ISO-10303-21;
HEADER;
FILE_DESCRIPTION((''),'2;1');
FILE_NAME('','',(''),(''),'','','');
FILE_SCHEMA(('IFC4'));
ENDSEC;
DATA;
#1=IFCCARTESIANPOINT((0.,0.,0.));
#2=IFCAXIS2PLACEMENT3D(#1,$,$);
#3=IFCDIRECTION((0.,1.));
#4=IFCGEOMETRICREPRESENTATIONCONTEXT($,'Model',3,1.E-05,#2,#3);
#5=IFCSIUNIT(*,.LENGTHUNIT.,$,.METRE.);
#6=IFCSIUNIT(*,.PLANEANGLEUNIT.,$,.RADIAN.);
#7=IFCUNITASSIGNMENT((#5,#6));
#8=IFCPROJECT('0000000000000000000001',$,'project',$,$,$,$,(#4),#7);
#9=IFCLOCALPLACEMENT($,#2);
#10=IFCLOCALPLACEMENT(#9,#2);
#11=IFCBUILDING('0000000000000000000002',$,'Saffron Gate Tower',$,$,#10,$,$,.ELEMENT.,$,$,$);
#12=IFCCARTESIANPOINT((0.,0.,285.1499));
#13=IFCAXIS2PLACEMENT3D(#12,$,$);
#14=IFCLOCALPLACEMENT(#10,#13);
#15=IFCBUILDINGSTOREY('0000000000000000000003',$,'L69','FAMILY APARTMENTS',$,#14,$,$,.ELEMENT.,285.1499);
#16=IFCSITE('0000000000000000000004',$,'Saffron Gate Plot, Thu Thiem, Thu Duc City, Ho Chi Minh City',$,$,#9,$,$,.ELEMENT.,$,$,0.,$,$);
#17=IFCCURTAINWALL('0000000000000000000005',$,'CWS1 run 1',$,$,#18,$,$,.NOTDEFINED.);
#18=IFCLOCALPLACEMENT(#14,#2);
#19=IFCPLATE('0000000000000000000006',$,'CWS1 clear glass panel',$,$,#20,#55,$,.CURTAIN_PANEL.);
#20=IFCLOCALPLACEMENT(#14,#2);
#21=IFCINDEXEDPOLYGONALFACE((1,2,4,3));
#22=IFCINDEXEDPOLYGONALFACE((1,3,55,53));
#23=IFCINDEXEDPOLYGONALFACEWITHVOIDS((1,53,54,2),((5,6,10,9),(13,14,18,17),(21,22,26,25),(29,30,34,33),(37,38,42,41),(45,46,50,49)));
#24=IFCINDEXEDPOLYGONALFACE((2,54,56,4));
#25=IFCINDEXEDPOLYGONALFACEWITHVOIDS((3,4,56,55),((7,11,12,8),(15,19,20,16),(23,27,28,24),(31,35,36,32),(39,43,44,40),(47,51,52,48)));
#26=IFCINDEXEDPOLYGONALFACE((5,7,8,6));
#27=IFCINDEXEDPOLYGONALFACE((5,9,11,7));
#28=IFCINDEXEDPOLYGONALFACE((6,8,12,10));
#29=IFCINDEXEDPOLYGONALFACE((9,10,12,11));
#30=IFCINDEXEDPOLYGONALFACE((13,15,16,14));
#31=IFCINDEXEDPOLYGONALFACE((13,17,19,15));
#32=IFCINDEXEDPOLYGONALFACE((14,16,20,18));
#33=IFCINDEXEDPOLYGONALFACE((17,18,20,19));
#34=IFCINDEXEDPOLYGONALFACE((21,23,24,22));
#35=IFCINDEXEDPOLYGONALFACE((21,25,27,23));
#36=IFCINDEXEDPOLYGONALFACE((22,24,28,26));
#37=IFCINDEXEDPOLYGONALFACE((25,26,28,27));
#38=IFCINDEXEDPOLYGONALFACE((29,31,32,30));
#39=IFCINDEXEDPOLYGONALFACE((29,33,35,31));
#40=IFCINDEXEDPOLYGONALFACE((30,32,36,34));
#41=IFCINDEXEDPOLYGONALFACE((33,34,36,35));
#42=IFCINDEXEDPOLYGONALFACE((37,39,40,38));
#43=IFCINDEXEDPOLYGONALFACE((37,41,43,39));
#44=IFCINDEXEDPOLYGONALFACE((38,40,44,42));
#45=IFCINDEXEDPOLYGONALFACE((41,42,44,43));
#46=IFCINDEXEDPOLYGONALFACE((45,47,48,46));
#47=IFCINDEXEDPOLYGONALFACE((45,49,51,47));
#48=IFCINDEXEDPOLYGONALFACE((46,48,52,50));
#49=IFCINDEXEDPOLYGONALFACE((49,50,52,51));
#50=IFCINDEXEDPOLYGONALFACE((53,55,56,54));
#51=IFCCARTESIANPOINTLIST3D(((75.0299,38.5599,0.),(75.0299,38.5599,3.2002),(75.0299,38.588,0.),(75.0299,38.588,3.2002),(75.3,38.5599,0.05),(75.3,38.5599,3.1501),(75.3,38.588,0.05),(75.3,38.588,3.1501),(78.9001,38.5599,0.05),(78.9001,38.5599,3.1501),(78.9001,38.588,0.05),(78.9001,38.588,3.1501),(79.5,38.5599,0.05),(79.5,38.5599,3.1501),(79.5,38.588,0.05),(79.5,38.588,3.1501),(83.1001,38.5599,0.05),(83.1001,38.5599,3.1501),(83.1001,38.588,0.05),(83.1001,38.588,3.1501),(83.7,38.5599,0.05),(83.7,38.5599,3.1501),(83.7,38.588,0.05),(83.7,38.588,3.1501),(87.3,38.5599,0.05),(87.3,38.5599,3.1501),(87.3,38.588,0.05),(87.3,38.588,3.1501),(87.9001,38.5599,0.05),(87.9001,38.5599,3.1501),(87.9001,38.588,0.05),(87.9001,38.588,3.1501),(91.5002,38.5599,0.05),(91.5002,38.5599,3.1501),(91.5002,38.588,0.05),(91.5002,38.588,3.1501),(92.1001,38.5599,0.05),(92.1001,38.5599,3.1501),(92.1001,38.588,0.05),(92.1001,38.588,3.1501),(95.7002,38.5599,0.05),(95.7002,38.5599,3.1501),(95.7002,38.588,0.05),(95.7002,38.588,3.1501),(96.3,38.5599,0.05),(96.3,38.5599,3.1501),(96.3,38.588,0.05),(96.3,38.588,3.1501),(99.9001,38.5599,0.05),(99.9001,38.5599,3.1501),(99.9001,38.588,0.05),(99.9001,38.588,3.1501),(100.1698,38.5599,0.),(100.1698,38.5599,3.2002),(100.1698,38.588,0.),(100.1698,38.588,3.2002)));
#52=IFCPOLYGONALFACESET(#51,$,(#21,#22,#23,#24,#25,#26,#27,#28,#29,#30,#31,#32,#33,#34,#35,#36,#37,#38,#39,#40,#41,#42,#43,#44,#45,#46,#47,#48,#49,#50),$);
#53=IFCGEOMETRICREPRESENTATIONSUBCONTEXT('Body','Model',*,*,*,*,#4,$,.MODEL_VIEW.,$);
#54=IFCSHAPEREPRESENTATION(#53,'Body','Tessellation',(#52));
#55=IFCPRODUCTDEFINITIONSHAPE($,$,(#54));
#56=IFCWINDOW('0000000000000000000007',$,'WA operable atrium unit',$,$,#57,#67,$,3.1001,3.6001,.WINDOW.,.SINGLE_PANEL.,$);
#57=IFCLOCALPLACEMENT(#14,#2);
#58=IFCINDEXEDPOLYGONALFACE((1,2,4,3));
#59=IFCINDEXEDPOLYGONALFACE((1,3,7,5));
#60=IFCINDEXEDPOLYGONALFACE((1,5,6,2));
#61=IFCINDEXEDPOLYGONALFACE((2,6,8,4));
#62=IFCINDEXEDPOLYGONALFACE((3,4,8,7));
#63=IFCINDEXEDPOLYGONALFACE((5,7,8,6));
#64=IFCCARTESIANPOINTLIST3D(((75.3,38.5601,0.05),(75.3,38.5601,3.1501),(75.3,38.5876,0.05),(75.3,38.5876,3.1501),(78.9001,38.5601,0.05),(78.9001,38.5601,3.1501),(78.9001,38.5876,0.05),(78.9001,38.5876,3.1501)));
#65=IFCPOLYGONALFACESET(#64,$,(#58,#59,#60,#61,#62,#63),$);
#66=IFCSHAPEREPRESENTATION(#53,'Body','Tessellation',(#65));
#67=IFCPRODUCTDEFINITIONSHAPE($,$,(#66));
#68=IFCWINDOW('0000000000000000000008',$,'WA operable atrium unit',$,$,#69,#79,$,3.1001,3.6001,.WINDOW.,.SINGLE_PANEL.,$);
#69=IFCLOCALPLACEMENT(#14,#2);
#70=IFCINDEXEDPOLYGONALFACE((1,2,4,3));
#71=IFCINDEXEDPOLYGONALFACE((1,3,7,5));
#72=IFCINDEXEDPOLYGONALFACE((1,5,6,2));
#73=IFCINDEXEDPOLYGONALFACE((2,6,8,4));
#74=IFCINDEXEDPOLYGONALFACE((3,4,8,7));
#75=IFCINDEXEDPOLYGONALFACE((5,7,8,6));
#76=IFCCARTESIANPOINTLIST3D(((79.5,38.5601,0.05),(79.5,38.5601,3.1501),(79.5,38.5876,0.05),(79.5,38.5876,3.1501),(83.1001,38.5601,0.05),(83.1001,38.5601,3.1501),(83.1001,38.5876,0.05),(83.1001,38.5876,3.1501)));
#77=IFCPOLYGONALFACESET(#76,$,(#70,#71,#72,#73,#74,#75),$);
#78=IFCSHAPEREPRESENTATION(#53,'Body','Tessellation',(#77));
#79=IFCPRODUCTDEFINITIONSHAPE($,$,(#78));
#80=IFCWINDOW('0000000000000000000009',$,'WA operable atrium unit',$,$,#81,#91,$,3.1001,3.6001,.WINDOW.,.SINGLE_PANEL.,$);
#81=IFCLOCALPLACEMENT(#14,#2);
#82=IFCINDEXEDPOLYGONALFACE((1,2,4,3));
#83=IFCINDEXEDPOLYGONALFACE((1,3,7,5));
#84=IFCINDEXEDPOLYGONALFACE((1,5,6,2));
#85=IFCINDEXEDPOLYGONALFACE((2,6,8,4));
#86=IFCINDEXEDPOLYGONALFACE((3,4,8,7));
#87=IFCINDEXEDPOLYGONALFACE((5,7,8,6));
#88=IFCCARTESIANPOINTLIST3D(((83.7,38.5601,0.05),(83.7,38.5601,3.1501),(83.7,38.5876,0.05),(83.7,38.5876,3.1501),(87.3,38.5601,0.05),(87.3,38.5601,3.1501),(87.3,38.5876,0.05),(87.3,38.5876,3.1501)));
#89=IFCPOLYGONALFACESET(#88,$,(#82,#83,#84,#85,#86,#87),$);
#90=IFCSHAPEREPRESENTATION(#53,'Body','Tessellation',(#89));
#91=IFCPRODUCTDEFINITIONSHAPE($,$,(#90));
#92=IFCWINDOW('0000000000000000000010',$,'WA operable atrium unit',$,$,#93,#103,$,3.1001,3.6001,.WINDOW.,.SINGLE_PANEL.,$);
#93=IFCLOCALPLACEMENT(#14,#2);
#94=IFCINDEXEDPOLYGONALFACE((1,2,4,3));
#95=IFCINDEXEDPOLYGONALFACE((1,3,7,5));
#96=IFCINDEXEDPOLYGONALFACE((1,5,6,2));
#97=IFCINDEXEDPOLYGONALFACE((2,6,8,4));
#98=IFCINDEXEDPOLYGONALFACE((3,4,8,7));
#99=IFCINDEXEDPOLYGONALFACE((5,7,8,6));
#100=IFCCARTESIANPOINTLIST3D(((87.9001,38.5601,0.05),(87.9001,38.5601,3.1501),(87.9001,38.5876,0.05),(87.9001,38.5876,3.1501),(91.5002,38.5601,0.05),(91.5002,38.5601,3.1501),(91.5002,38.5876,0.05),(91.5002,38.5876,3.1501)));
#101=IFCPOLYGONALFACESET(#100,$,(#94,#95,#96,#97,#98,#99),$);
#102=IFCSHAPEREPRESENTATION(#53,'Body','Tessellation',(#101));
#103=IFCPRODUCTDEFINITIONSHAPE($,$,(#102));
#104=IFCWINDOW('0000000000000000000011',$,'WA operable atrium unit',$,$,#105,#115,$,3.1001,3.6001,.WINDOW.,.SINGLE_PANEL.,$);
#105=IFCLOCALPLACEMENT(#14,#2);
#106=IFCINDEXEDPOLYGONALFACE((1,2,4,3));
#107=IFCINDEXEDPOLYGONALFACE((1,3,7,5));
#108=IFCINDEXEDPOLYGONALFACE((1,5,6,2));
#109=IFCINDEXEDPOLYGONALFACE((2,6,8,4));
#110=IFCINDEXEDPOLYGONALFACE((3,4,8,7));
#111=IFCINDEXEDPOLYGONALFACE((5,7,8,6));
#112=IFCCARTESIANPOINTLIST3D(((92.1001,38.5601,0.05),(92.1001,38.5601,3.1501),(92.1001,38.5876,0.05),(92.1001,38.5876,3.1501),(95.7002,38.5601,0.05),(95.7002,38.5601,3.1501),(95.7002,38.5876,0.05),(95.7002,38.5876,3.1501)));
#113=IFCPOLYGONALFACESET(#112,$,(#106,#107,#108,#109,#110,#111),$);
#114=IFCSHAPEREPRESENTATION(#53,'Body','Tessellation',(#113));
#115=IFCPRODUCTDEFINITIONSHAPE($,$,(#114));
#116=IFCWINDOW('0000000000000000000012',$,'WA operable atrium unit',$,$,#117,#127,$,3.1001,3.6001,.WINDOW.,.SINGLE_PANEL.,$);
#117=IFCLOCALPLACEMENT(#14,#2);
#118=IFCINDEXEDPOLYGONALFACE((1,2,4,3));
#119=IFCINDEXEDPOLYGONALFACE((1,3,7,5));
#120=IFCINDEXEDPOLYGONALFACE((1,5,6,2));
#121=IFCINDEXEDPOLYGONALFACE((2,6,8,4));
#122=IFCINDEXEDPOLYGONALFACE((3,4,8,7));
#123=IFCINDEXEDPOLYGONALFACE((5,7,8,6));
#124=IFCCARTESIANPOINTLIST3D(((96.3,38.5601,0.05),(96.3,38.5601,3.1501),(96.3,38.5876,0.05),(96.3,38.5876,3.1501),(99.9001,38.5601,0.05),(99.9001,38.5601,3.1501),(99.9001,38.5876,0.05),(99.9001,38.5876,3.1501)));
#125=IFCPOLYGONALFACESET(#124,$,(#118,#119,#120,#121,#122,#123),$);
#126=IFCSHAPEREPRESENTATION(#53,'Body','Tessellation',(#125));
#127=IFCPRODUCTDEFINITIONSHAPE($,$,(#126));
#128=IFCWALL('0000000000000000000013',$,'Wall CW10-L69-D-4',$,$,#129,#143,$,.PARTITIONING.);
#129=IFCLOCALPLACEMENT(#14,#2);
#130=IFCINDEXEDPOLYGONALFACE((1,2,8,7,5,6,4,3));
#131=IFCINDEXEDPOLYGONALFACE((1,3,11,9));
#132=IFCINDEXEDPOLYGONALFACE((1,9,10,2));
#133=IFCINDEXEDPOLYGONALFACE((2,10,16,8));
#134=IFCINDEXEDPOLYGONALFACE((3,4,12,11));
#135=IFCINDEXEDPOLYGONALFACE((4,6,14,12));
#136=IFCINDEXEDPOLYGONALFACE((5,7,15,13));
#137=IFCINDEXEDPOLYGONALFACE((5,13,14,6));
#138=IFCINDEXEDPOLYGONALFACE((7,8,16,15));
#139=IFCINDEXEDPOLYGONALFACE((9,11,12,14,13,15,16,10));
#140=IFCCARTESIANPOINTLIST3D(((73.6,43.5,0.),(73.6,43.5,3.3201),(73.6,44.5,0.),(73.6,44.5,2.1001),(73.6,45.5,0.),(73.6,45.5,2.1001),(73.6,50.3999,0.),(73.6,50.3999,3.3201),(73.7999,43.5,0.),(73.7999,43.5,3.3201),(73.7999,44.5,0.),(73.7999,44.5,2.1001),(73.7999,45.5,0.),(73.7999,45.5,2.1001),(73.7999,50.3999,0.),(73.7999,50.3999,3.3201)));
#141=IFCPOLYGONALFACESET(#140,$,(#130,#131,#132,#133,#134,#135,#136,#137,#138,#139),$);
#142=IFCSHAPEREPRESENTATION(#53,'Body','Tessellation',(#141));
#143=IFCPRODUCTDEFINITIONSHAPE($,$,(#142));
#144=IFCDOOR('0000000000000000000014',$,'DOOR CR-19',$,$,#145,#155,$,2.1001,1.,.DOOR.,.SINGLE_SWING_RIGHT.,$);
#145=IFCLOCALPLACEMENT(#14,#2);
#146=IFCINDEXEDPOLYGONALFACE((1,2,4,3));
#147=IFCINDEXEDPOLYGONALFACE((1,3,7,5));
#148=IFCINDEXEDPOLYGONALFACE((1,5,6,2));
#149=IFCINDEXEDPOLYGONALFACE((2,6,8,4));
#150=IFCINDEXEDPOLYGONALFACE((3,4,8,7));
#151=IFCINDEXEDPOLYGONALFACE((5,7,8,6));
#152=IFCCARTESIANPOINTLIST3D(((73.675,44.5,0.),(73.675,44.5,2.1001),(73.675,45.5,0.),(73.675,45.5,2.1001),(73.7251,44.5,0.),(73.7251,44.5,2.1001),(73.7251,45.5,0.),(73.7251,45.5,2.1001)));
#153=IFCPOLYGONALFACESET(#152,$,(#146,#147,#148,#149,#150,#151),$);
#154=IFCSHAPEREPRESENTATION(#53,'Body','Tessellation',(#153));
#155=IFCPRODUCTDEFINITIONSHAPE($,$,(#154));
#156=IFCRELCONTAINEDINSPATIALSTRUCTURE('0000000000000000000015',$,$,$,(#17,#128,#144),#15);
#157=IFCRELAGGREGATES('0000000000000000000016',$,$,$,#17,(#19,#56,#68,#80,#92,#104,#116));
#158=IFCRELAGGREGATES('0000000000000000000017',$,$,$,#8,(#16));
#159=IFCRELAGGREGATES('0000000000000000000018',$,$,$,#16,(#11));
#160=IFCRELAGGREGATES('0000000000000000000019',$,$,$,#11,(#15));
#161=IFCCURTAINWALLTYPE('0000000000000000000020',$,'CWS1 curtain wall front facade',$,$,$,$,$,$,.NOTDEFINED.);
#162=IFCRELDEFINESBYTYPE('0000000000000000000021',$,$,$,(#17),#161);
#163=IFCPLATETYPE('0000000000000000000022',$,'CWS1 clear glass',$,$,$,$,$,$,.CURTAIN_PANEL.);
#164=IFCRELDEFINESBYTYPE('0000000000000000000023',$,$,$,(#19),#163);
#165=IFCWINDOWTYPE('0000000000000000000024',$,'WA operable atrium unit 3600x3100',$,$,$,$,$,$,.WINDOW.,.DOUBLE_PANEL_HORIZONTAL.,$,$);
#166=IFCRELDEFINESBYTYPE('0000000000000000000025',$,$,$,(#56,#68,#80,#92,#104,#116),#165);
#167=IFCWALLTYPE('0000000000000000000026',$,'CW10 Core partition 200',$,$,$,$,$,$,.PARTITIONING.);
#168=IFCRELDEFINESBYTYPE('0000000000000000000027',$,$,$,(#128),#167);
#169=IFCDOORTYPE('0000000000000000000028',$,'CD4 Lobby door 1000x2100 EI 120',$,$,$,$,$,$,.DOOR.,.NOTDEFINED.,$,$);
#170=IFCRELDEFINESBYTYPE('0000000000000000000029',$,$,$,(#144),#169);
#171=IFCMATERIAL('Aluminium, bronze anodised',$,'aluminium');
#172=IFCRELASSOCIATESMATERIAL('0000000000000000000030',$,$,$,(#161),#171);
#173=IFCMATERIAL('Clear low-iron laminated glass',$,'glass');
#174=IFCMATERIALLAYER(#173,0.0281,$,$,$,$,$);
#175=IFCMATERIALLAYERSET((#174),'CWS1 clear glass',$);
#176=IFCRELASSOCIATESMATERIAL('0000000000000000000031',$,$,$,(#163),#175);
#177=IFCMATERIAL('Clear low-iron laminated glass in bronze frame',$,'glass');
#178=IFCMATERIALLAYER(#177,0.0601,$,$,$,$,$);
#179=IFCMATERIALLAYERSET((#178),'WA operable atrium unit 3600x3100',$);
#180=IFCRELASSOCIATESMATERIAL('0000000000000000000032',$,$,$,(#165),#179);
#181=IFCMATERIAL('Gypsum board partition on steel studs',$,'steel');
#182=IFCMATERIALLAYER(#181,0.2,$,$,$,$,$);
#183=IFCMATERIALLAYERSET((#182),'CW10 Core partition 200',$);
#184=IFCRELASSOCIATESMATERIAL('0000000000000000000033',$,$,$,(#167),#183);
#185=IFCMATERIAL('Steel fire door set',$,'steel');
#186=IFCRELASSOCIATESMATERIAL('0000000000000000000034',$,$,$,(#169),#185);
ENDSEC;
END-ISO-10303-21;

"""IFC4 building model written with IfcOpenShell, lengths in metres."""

from ifc_helpers import new_model, si_unit, direction, frame, frame_2d, origin, place, context, subcontext, project, spatial, rectangle, extrude, material, layer, layer_set, type_object, element, fill, aggregate, save


model = new_model("IFC4")

# Units and contexts
model_context = context("Model", 3, precision=1e-05, world=origin(), true_north=direction((0.0, 1.0)))
body_context = subcontext(model_context, "Body", "Model", "MODEL_VIEW")
ifc_project = project(units=[si_unit("LENGTHUNIT", "METRE"), si_unit("PLANEANGLEUNIT", "RADIAN")], contexts=[model_context])

# Site, building, storey
site_placement = place(None, origin())
site = spatial("IfcSite", under=ifc_project, at=site_placement, Name="Saffron Gate Plot, Thu Thiem, Thu Duc City, Ho Chi Minh City", CompositionType="ELEMENT", RefElevation=0.0)
building_placement = place(site_placement, origin())
building = spatial("IfcBuilding", under=site, at=building_placement, Name="Saffron Gate Tower", CompositionType="ELEMENT")
storey_placement = place(building_placement, frame((0.0, 0.0, 285.1499)))
storey = spatial("IfcBuildingStorey", under=building, at=storey_placement, Name="L69", Description="FAMILY APARTMENTS", CompositionType="ELEMENT", Elevation=285.1499)

# Curtain wall, plate, openings, windows
ifc_material_1 = material(Name="Aluminium, bronze anodised", Category="aluminium")
curtain_wall_type = type_object("IfcCurtainWallType", Name="CWS1 curtain wall front facade", PredefinedType="NOTDEFINED", material=ifc_material_1)
curtain_wall_placement = place(storey_placement, origin())
curtain_wall = element("IfcCurtainWall", 1, at=curtain_wall_placement, inside=storey, type_object=curtain_wall_type, Name="CWS1 run 1", PredefinedType="NOTDEFINED")
ifc_material_2 = material(Name="Clear low-iron laminated glass", Category="glass")
ifc_layer_1 = layer(ifc_material_2, 0.0281)
ifc_layer_set_1 = layer_set([ifc_layer_1], Name="CWS1 clear glass")
plate_type = type_object("IfcPlateType", Name="CWS1 clear glass", PredefinedType="CURTAIN_PANEL", material=ifc_layer_set_1)
plate_placement = place(storey_placement, frame((75.03, 38.574, 0.0), z_axis=(0.0, 0.0, 1.0), x_axis=(1.0, 0.0, 0.0)))
plate = element("IfcPlate", 2, at=plate_placement, type_object=plate_type, Name="CWS1 clear glass panel", PredefinedType="CURTAIN_PANEL", context=body_context, shape_type="SweptSolid", body=[
    extrude(rectangle(XDim=25.1399, YDim=0.0281, at=frame_2d((12.5698, 0.0))), origin(), (0.0, 0.0, 1.0), 3.2002),
])
opening_1_placement = place(plate_placement, frame((0.27, 0.0, 0.05)))
opening_1 = element("IfcOpeningElement", 3, at=opening_1_placement, cuts=plate, PredefinedType="OPENING", context=body_context, shape_type="SweptSolid", body=[
    extrude(rectangle(XDim=3.6001, YDim=3.1001, at=frame_2d((1.8, 1.55))), frame((0.0, 0.0239, 0.0), z_axis=(0.0, -1.0, 0.0), x_axis=(1.0, 0.0, 0.0)), (0.0, 0.0, 1.0), 0.0481),
])
opening_2_placement = place(plate_placement, frame((4.47, 0.0, 0.05)))
opening_2 = element("IfcOpeningElement", 4, at=opening_2_placement, cuts=plate, PredefinedType="OPENING", context=body_context, shape_type="SweptSolid", body=[
    extrude(rectangle(XDim=3.6001, YDim=3.1001, at=frame_2d((1.8, 1.55))), frame((0.0, 0.0239, 0.0), z_axis=(0.0, -1.0, 0.0), x_axis=(1.0, 0.0, 0.0)), (0.0, 0.0, 1.0), 0.0481),
])
opening_3_placement = place(plate_placement, frame((8.6699, 0.0, 0.05)))
opening_3 = element("IfcOpeningElement", 5, at=opening_3_placement, cuts=plate, PredefinedType="OPENING", context=body_context, shape_type="SweptSolid", body=[
    extrude(rectangle(XDim=3.6001, YDim=3.1001, at=frame_2d((1.8, 1.55))), frame((0.0, 0.0239, 0.0), z_axis=(0.0, -1.0, 0.0), x_axis=(1.0, 0.0, 0.0)), (0.0, 0.0, 1.0), 0.0481),
])
opening_4_placement = place(plate_placement, frame((12.8701, 0.0, 0.05)))
opening_4 = element("IfcOpeningElement", 6, at=opening_4_placement, cuts=plate, PredefinedType="OPENING", context=body_context, shape_type="SweptSolid", body=[
    extrude(rectangle(XDim=3.6001, YDim=3.1001, at=frame_2d((1.8, 1.55))), frame((0.0, 0.0239, 0.0), z_axis=(0.0, -1.0, 0.0), x_axis=(1.0, 0.0, 0.0)), (0.0, 0.0, 1.0), 0.0481),
])
opening_5_placement = place(plate_placement, frame((17.0701, 0.0, 0.05)))
opening_5 = element("IfcOpeningElement", 7, at=opening_5_placement, cuts=plate, PredefinedType="OPENING", context=body_context, shape_type="SweptSolid", body=[
    extrude(rectangle(XDim=3.6001, YDim=3.1001, at=frame_2d((1.8, 1.55))), frame((0.0, 0.0239, 0.0), z_axis=(0.0, -1.0, 0.0), x_axis=(1.0, 0.0, 0.0)), (0.0, 0.0, 1.0), 0.0481),
])
opening_6_placement = place(plate_placement, frame((21.27, 0.0, 0.05)))
opening_6 = element("IfcOpeningElement", 8, at=opening_6_placement, cuts=plate, PredefinedType="OPENING", context=body_context, shape_type="SweptSolid", body=[
    extrude(rectangle(XDim=3.6001, YDim=3.1001, at=frame_2d((1.8, 1.55))), frame((0.0, 0.0239, 0.0), z_axis=(0.0, -1.0, 0.0), x_axis=(1.0, 0.0, 0.0)), (0.0, 0.0, 1.0), 0.0481),
])
ifc_material_3 = material(Name="Clear low-iron laminated glass in bronze frame", Category="glass")
ifc_layer_2 = layer(ifc_material_3, 0.0601)
ifc_layer_set_2 = layer_set([ifc_layer_2], Name="WA operable atrium unit 3600x3100")
window_type = type_object("IfcWindowType", Name="WA operable atrium unit 3600x3100", PartitioningType="DOUBLE_PANEL_HORIZONTAL", PredefinedType="WINDOW", material=ifc_layer_set_2)
window_1_placement = place(opening_1_placement, origin())
window_1 = element("IfcWindow", 9, at=window_1_placement, type_object=window_type, Name="WA operable atrium unit", OverallHeight=3.1001, OverallWidth=3.6001, PartitioningType="SINGLE_PANEL", PredefinedType="WINDOW", context=body_context, shape_type="SweptSolid", body=[
    extrude(rectangle(XDim=3.6001, YDim=3.1001, at=frame_2d((1.8, 1.55))), frame((0.0, 0.0137, 0.0), z_axis=(0.0, -1.0, 0.0), x_axis=(1.0, 0.0, 0.0)), (0.0, 0.0, 1.0), 0.0276),
])
fill(opening_1, window_1)
window_2_placement = place(opening_2_placement, origin())
window_2 = element("IfcWindow", 10, at=window_2_placement, type_object=window_type, Name="WA operable atrium unit", OverallHeight=3.1001, OverallWidth=3.6001, PartitioningType="SINGLE_PANEL", PredefinedType="WINDOW", context=body_context, shape_type="SweptSolid", body=[
    extrude(rectangle(XDim=3.6001, YDim=3.1001, at=frame_2d((1.8, 1.55))), frame((0.0, 0.0137, 0.0), z_axis=(0.0, -1.0, 0.0), x_axis=(1.0, 0.0, 0.0)), (0.0, 0.0, 1.0), 0.0276),
])
fill(opening_2, window_2)
window_3_placement = place(opening_3_placement, origin())
window_3 = element("IfcWindow", 11, at=window_3_placement, type_object=window_type, Name="WA operable atrium unit", OverallHeight=3.1001, OverallWidth=3.6001, PartitioningType="SINGLE_PANEL", PredefinedType="WINDOW", context=body_context, shape_type="SweptSolid", body=[
    extrude(rectangle(XDim=3.6001, YDim=3.1001, at=frame_2d((1.8, 1.55))), frame((0.0, 0.0137, 0.0), z_axis=(0.0, -1.0, 0.0), x_axis=(1.0, 0.0, 0.0)), (0.0, 0.0, 1.0), 0.0276),
])
fill(opening_3, window_3)
window_4_placement = place(opening_4_placement, origin())
window_4 = element("IfcWindow", 12, at=window_4_placement, type_object=window_type, Name="WA operable atrium unit", OverallHeight=3.1001, OverallWidth=3.6001, PartitioningType="SINGLE_PANEL", PredefinedType="WINDOW", context=body_context, shape_type="SweptSolid", body=[
    extrude(rectangle(XDim=3.6001, YDim=3.1001, at=frame_2d((1.8, 1.55))), frame((0.0, 0.0137, 0.0), z_axis=(0.0, -1.0, 0.0), x_axis=(1.0, 0.0, 0.0)), (0.0, 0.0, 1.0), 0.0276),
])
fill(opening_4, window_4)
window_5_placement = place(opening_5_placement, origin())
window_5 = element("IfcWindow", 13, at=window_5_placement, type_object=window_type, Name="WA operable atrium unit", OverallHeight=3.1001, OverallWidth=3.6001, PartitioningType="SINGLE_PANEL", PredefinedType="WINDOW", context=body_context, shape_type="SweptSolid", body=[
    extrude(rectangle(XDim=3.6001, YDim=3.1001, at=frame_2d((1.8, 1.55))), frame((0.0, 0.0137, 0.0), z_axis=(0.0, -1.0, 0.0), x_axis=(1.0, 0.0, 0.0)), (0.0, 0.0, 1.0), 0.0276),
])
fill(opening_5, window_5)
window_6_placement = place(opening_6_placement, origin())
window_6 = element("IfcWindow", 14, at=window_6_placement, type_object=window_type, Name="WA operable atrium unit", OverallHeight=3.1001, OverallWidth=3.6001, PartitioningType="SINGLE_PANEL", PredefinedType="WINDOW", context=body_context, shape_type="SweptSolid", body=[
    extrude(rectangle(XDim=3.6001, YDim=3.1001, at=frame_2d((1.8, 1.55))), frame((0.0, 0.0137, 0.0), z_axis=(0.0, -1.0, 0.0), x_axis=(1.0, 0.0, 0.0)), (0.0, 0.0, 1.0), 0.0276),
])
fill(opening_6, window_6)
aggregate(curtain_wall, [plate, window_1, window_2, window_3, window_4, window_5, window_6])

# Wall, opening, door
ifc_material_4 = material(Name="Gypsum board partition on steel studs", Category="steel")
ifc_layer_3 = layer(ifc_material_4, 0.2)
ifc_layer_set_3 = layer_set([ifc_layer_3], Name="CW10 Core partition 200")
wall_type_1 = type_object("IfcWallType", Name="CW10 Core partition 200", PredefinedType="PARTITIONING", material=ifc_layer_set_3)
wall_1_placement = place(storey_placement, frame((73.7, 43.5, 0.0), z_axis=(0.0, 0.0, 1.0), x_axis=(0.0, 1.0, 0.0)))
wall_1 = element("IfcWall", 15, at=wall_1_placement, inside=storey, type_object=wall_type_1, Name="Wall CW10-L69-D-4", PredefinedType="PARTITIONING", context=body_context, shape_type="SweptSolid", body=[
    extrude(rectangle(XDim=6.8999, YDim=0.2, at=frame_2d((3.45, 0.0))), origin(), (0.0, 0.0, 1.0), 3.3201),
])
opening_7_placement = place(wall_1_placement, frame((1.0, 0.0, 0.0)))
opening_7 = element("IfcOpeningElement", 16, at=opening_7_placement, cuts=wall_1, PredefinedType="OPENING", context=body_context, shape_type="SweptSolid", body=[
    extrude(rectangle(XDim=1.0, YDim=2.1001, at=frame_2d((0.5, 1.05))), frame((0.0, 0.1099, 0.0), z_axis=(0.0, -1.0, 0.0), x_axis=(1.0, 0.0, 0.0)), (0.0, 0.0, 1.0), 0.22),
])
ifc_material_5 = material(Name="Steel fire door set", Category="steel")
door_type_1 = type_object("IfcDoorType", Name="CD4 Lobby door 1000x2100 EI 120", OperationType="NOTDEFINED", PredefinedType="DOOR", material=ifc_material_5)
door_1_placement = place(opening_7_placement, origin())
door_1 = element("IfcDoor", 17, at=door_1_placement, inside=storey, type_object=door_type_1, Name="DOOR CR-19", OperationType="SINGLE_SWING_RIGHT", OverallHeight=2.1001, OverallWidth=1.0, PredefinedType="DOOR", context=body_context, shape_type="SweptSolid", body=[
    extrude(rectangle(XDim=1.0, YDim=2.1001, at=frame_2d((0.5, 1.05))), frame((0.0, 0.0249, 0.0), z_axis=(0.0, -1.0, 0.0), x_axis=(1.0, 0.0, 0.0)), (0.0, 0.0, 1.0), 0.05),
])
fill(opening_7, door_1)

save(model, "model.ifc")
